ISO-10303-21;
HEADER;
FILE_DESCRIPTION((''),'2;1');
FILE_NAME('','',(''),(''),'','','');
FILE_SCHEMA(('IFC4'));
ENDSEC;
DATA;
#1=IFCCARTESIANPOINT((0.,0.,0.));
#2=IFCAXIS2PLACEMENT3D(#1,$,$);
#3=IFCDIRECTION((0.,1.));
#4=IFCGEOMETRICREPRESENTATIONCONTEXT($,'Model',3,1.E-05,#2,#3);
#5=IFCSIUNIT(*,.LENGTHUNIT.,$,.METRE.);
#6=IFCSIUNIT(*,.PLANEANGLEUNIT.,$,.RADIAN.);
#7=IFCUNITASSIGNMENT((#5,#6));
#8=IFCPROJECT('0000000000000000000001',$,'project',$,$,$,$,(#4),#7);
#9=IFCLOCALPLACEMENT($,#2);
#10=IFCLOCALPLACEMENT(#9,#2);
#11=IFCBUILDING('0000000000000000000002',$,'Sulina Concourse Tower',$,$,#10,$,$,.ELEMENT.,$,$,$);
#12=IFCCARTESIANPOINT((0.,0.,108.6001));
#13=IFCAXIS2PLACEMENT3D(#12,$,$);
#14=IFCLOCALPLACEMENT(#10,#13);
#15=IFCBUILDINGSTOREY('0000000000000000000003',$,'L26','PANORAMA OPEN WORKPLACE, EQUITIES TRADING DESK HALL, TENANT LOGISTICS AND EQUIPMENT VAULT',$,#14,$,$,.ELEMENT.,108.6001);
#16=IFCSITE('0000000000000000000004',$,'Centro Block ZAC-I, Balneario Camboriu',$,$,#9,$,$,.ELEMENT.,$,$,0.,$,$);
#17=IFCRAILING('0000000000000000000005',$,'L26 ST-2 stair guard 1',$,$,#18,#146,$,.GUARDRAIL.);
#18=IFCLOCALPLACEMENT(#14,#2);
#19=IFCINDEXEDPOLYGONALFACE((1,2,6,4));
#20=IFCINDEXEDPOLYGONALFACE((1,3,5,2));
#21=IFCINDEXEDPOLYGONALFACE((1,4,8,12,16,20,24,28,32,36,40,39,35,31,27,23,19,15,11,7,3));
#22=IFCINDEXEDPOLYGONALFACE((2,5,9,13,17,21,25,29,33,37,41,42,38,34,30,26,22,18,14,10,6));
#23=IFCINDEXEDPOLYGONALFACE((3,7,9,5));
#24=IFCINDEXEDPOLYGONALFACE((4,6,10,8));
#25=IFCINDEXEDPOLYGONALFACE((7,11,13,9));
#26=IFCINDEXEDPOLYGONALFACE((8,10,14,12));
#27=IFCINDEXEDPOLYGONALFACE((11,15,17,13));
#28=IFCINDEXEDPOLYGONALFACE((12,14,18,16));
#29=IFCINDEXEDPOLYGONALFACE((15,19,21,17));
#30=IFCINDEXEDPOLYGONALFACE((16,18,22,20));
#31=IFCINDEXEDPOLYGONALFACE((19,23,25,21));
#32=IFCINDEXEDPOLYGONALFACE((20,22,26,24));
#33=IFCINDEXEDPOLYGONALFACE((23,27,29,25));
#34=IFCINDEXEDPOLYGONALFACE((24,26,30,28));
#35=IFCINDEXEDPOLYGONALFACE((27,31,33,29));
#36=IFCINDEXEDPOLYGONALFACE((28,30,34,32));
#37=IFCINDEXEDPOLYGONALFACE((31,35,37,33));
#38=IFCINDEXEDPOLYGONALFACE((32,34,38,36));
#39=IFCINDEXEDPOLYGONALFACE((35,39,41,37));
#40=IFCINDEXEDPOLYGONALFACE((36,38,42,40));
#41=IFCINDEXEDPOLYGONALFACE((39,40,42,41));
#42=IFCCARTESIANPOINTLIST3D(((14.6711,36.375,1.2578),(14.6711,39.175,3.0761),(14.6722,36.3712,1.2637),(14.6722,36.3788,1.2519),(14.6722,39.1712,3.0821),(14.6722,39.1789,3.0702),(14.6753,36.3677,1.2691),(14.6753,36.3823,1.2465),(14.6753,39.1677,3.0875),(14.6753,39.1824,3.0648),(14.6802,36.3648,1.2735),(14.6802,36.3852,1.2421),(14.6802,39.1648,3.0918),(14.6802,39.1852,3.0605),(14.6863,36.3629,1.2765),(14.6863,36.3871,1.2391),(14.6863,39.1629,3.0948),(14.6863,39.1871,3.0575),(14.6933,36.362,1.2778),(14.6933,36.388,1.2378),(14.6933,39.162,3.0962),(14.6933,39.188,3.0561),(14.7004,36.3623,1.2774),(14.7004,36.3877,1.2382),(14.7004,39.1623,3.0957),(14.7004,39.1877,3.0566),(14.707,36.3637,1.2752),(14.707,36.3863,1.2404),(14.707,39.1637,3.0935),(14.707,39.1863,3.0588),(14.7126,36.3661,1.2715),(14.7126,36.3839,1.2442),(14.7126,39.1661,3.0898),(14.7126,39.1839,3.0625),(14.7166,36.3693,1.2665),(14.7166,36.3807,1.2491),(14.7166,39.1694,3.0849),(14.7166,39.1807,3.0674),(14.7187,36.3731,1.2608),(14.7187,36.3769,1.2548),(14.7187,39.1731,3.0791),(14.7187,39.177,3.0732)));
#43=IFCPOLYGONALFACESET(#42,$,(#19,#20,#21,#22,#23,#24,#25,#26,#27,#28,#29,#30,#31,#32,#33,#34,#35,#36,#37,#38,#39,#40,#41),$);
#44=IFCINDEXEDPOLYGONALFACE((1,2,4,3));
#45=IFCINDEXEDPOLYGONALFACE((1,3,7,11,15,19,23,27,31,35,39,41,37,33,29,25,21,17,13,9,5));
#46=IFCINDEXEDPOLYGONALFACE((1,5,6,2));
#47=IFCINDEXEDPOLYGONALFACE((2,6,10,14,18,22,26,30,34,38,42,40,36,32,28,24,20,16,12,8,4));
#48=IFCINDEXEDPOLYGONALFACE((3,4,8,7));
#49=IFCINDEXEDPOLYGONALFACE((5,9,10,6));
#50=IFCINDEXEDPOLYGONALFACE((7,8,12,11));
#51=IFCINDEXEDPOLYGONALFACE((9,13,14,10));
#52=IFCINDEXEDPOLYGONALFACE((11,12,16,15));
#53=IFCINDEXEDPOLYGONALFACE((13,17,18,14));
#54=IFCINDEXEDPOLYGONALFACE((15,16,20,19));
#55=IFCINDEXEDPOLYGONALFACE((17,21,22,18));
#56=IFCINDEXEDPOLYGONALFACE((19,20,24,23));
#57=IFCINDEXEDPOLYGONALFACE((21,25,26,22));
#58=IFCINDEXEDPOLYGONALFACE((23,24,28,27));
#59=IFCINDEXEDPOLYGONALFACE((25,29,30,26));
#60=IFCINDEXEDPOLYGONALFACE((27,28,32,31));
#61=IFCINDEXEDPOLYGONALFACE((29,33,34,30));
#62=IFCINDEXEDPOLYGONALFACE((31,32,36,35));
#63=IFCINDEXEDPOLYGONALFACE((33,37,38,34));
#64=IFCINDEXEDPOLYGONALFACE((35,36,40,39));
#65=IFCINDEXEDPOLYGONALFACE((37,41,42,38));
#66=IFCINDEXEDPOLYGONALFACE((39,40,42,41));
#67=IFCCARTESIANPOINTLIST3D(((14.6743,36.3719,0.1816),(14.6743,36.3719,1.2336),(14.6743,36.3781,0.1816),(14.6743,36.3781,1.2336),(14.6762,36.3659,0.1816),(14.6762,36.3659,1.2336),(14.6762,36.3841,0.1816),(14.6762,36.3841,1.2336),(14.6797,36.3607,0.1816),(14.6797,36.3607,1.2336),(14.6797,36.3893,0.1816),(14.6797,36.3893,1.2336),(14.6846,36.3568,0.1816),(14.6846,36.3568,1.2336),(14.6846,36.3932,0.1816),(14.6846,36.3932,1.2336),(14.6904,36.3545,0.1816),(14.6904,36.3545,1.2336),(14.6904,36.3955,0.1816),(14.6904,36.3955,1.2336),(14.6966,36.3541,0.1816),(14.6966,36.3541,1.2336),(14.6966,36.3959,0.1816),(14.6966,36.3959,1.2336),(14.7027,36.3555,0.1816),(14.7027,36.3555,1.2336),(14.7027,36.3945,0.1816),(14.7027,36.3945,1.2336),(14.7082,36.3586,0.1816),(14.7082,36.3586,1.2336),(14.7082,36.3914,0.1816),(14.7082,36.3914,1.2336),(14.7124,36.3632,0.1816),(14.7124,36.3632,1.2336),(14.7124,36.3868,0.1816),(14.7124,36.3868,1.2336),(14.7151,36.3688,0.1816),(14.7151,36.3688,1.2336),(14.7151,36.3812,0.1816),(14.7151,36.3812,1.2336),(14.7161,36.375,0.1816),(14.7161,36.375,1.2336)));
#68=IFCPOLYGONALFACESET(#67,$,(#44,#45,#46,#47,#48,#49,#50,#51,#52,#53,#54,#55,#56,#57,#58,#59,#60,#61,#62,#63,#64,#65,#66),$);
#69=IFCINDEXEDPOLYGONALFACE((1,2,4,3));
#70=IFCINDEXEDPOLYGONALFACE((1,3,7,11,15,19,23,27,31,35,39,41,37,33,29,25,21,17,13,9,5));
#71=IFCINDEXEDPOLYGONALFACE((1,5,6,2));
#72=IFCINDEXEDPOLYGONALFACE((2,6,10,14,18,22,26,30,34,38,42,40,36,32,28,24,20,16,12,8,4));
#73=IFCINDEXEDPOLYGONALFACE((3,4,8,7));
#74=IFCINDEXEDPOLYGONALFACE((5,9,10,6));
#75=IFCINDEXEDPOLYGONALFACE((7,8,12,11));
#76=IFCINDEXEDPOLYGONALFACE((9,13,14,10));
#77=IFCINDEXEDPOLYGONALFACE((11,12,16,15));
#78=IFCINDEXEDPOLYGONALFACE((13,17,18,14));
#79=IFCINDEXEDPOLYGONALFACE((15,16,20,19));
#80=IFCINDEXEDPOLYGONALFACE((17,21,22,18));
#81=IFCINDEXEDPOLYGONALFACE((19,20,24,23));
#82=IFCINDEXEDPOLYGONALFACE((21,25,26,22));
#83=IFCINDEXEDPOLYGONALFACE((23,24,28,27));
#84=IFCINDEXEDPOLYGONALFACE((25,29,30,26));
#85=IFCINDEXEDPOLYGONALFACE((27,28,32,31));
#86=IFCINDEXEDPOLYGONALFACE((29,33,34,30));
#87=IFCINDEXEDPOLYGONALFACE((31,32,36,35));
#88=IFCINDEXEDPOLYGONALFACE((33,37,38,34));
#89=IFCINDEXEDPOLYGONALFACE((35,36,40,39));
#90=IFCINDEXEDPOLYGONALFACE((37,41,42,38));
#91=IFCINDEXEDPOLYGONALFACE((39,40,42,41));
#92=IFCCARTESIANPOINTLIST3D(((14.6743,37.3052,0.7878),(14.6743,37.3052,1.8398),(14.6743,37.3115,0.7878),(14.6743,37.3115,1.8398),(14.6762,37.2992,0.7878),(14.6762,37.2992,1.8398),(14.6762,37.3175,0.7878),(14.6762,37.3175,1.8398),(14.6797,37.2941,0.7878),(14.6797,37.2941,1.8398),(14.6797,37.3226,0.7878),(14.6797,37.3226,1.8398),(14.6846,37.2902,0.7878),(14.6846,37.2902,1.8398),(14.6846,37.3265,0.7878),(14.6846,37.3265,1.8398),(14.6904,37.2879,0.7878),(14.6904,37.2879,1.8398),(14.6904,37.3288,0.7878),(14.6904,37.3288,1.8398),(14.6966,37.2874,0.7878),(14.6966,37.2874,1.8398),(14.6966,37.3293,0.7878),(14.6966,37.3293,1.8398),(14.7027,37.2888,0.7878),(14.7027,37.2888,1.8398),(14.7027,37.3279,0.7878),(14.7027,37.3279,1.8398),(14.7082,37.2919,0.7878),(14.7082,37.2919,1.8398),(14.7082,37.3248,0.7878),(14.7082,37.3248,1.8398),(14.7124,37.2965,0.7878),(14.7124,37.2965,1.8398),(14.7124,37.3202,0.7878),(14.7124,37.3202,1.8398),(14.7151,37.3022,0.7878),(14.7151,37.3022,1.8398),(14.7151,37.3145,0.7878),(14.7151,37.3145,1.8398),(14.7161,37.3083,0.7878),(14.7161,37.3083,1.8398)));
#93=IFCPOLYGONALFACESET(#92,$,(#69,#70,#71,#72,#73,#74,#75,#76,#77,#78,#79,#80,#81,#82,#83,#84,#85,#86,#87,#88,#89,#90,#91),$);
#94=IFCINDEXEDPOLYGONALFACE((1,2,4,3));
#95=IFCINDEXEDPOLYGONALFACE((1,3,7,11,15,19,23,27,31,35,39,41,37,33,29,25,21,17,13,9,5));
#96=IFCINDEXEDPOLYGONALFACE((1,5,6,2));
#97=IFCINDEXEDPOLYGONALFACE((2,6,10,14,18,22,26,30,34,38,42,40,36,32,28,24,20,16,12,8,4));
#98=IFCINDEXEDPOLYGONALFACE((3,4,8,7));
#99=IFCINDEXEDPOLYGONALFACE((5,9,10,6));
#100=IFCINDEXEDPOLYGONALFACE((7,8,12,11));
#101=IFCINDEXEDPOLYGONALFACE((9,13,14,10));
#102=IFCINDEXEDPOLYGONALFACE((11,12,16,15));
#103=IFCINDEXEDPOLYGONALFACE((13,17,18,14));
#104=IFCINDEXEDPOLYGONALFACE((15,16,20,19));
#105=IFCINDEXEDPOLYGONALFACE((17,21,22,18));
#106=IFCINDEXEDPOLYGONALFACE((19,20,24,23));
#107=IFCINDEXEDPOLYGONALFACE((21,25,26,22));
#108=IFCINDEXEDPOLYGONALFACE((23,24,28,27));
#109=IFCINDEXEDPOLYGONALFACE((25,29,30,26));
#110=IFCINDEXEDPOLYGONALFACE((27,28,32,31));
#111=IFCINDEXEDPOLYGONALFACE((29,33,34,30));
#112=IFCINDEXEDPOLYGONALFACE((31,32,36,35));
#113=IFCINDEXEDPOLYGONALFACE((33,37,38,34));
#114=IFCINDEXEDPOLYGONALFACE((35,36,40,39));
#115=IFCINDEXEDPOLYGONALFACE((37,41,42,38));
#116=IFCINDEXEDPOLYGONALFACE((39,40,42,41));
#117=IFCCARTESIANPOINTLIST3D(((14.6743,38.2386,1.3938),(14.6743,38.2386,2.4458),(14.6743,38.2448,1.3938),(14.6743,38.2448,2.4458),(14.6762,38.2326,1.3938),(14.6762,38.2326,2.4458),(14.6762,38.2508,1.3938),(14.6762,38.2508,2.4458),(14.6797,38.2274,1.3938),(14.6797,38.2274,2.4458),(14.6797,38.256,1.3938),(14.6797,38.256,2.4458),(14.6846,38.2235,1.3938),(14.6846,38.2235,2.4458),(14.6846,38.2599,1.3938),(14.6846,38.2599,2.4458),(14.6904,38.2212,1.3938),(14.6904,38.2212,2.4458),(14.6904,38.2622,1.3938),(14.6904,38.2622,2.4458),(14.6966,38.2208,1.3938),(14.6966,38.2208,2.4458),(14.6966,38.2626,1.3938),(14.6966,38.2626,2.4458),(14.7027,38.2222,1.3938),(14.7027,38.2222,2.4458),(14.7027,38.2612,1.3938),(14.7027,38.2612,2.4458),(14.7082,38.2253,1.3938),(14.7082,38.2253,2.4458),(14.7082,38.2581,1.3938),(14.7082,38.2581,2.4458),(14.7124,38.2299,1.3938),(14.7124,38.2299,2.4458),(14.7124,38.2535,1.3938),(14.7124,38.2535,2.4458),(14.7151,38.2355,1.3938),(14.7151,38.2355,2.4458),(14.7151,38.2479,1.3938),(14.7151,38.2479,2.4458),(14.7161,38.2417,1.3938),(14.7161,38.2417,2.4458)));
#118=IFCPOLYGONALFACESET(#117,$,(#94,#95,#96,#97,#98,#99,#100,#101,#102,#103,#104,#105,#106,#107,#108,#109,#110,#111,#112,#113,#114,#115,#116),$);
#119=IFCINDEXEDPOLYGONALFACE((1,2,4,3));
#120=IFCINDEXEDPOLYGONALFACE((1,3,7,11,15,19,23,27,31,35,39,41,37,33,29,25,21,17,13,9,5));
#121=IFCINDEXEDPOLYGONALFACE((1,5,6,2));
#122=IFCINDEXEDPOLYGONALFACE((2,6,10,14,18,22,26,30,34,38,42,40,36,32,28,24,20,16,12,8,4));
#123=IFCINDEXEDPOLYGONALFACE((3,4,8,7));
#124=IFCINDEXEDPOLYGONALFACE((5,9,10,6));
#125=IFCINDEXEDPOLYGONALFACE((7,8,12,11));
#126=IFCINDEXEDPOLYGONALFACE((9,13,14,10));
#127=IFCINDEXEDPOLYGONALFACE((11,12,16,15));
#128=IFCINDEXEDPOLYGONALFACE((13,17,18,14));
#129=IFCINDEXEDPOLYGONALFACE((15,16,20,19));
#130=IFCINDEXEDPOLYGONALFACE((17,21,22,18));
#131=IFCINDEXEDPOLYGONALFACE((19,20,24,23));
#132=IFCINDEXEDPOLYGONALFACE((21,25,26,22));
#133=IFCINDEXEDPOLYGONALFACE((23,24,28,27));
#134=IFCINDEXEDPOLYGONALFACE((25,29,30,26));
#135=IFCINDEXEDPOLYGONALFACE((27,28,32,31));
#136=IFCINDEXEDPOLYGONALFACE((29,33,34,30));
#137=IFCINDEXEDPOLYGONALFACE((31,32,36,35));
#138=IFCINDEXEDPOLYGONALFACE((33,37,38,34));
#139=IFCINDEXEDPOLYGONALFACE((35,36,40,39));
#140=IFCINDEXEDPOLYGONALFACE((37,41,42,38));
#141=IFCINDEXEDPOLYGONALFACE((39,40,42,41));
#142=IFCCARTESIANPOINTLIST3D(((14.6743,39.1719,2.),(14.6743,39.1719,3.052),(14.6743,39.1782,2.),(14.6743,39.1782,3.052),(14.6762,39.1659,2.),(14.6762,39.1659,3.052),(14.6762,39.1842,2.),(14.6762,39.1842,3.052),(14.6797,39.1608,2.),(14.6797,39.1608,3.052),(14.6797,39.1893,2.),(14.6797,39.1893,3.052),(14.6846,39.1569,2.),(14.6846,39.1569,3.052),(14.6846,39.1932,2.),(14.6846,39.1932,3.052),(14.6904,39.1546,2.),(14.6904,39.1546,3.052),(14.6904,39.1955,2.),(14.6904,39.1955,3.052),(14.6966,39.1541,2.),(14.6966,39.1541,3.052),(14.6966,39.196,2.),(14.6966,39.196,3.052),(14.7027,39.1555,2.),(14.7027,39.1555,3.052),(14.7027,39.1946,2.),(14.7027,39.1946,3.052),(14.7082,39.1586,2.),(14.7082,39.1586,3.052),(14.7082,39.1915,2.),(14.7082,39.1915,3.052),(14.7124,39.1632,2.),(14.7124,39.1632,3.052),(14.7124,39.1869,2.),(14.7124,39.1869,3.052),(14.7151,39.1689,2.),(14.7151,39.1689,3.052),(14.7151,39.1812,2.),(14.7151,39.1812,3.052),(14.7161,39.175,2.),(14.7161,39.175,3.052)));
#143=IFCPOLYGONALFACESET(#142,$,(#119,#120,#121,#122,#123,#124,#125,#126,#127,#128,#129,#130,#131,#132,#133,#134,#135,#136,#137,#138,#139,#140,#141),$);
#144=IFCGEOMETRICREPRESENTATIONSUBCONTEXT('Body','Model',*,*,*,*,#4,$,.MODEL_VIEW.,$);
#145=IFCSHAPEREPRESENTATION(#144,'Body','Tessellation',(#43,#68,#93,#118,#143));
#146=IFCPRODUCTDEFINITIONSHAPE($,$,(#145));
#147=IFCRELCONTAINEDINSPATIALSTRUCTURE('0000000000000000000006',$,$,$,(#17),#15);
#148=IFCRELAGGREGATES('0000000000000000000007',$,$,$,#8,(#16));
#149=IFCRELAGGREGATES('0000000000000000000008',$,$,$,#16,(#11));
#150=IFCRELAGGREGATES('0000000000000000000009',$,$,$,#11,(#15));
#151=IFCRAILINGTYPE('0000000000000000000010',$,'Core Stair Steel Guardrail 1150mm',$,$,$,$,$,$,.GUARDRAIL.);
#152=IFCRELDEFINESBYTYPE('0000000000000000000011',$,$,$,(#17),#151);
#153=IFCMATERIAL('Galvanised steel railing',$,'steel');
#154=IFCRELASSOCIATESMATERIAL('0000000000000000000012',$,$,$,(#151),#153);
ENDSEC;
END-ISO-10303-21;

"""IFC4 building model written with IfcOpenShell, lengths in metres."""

from ifc_helpers import new_model, si_unit, direction, frame, origin, origin_2d, place, context, subcontext, project, spatial, circle, extrude, material, type_object, element, save


model = new_model("IFC4")

# Units and contexts
model_context = context("Model", 3, precision=1e-05, world=origin(), true_north=direction((0.0, 1.0)))
body_context = subcontext(model_context, "Body", "Model", "MODEL_VIEW")
ifc_project = project(units=[si_unit("LENGTHUNIT", "METRE"), si_unit("PLANEANGLEUNIT", "RADIAN")], contexts=[model_context])

# Site, building, storey
site_placement = place(None, origin())
site = spatial("IfcSite", under=ifc_project, at=site_placement, Name="Centro Block ZAC-I, Balneario Camboriu", CompositionType="ELEMENT", RefElevation=0.0)
building_placement = place(site_placement, origin())
building = spatial("IfcBuilding", under=site, at=building_placement, Name="Sulina Concourse Tower", CompositionType="ELEMENT")
storey_placement = place(building_placement, frame((0.0, 0.0, 108.6001)))
storey = spatial("IfcBuildingStorey", under=building, at=storey_placement, Name="L26", Description="PANORAMA OPEN WORKPLACE, EQUITIES TRADING DESK HALL, TENANT LOGISTICS AND EQUIPMENT VAULT", CompositionType="ELEMENT", Elevation=108.6001)

# Railing
ifc_material_1 = material(Name="Galvanised steel railing", Category="steel")
railing_type_1 = type_object("IfcRailingType", Name="Core Stair Steel Guardrail 1150mm", PredefinedType="GUARDRAIL", material=ifc_material_1)
railing_1_placement = place(storey_placement, frame((14.6951, 36.375, 0.1816)))
element("IfcRailing", 1, at=railing_1_placement, inside=storey, type_object=railing_type_1, Name="L26 ST-2 stair guard 1", PredefinedType="GUARDRAIL", context=body_context, shape_type="SweptSolid", body=[
    extrude(circle(Radius=0.0239, at=origin_2d()), frame((0.0, 0.0, 1.0762), z_axis=(0.0, 0.838672, 0.544636), x_axis=(-1.0, 0.0, 0.0)), (0.0, 0.0, 1.0), 3.3386),
    extrude(circle(Radius=0.021, at=origin_2d()), origin(), (0.0, 0.0, 1.0), 1.052),
    extrude(circle(Radius=0.021, at=origin_2d()), frame((0.0, 0.9333, 0.6062)), (0.0, 0.0, 1.0), 1.052),
    extrude(circle(Radius=0.021, at=origin_2d()), frame((0.0, 1.8667, 1.2122)), (0.0, 0.0, 1.0), 1.052),
    extrude(circle(Radius=0.021, at=origin_2d()), frame((0.0, 2.8, 1.8184)), (0.0, 0.0, 1.0), 1.052),
])

save(model, "model.ifc")
